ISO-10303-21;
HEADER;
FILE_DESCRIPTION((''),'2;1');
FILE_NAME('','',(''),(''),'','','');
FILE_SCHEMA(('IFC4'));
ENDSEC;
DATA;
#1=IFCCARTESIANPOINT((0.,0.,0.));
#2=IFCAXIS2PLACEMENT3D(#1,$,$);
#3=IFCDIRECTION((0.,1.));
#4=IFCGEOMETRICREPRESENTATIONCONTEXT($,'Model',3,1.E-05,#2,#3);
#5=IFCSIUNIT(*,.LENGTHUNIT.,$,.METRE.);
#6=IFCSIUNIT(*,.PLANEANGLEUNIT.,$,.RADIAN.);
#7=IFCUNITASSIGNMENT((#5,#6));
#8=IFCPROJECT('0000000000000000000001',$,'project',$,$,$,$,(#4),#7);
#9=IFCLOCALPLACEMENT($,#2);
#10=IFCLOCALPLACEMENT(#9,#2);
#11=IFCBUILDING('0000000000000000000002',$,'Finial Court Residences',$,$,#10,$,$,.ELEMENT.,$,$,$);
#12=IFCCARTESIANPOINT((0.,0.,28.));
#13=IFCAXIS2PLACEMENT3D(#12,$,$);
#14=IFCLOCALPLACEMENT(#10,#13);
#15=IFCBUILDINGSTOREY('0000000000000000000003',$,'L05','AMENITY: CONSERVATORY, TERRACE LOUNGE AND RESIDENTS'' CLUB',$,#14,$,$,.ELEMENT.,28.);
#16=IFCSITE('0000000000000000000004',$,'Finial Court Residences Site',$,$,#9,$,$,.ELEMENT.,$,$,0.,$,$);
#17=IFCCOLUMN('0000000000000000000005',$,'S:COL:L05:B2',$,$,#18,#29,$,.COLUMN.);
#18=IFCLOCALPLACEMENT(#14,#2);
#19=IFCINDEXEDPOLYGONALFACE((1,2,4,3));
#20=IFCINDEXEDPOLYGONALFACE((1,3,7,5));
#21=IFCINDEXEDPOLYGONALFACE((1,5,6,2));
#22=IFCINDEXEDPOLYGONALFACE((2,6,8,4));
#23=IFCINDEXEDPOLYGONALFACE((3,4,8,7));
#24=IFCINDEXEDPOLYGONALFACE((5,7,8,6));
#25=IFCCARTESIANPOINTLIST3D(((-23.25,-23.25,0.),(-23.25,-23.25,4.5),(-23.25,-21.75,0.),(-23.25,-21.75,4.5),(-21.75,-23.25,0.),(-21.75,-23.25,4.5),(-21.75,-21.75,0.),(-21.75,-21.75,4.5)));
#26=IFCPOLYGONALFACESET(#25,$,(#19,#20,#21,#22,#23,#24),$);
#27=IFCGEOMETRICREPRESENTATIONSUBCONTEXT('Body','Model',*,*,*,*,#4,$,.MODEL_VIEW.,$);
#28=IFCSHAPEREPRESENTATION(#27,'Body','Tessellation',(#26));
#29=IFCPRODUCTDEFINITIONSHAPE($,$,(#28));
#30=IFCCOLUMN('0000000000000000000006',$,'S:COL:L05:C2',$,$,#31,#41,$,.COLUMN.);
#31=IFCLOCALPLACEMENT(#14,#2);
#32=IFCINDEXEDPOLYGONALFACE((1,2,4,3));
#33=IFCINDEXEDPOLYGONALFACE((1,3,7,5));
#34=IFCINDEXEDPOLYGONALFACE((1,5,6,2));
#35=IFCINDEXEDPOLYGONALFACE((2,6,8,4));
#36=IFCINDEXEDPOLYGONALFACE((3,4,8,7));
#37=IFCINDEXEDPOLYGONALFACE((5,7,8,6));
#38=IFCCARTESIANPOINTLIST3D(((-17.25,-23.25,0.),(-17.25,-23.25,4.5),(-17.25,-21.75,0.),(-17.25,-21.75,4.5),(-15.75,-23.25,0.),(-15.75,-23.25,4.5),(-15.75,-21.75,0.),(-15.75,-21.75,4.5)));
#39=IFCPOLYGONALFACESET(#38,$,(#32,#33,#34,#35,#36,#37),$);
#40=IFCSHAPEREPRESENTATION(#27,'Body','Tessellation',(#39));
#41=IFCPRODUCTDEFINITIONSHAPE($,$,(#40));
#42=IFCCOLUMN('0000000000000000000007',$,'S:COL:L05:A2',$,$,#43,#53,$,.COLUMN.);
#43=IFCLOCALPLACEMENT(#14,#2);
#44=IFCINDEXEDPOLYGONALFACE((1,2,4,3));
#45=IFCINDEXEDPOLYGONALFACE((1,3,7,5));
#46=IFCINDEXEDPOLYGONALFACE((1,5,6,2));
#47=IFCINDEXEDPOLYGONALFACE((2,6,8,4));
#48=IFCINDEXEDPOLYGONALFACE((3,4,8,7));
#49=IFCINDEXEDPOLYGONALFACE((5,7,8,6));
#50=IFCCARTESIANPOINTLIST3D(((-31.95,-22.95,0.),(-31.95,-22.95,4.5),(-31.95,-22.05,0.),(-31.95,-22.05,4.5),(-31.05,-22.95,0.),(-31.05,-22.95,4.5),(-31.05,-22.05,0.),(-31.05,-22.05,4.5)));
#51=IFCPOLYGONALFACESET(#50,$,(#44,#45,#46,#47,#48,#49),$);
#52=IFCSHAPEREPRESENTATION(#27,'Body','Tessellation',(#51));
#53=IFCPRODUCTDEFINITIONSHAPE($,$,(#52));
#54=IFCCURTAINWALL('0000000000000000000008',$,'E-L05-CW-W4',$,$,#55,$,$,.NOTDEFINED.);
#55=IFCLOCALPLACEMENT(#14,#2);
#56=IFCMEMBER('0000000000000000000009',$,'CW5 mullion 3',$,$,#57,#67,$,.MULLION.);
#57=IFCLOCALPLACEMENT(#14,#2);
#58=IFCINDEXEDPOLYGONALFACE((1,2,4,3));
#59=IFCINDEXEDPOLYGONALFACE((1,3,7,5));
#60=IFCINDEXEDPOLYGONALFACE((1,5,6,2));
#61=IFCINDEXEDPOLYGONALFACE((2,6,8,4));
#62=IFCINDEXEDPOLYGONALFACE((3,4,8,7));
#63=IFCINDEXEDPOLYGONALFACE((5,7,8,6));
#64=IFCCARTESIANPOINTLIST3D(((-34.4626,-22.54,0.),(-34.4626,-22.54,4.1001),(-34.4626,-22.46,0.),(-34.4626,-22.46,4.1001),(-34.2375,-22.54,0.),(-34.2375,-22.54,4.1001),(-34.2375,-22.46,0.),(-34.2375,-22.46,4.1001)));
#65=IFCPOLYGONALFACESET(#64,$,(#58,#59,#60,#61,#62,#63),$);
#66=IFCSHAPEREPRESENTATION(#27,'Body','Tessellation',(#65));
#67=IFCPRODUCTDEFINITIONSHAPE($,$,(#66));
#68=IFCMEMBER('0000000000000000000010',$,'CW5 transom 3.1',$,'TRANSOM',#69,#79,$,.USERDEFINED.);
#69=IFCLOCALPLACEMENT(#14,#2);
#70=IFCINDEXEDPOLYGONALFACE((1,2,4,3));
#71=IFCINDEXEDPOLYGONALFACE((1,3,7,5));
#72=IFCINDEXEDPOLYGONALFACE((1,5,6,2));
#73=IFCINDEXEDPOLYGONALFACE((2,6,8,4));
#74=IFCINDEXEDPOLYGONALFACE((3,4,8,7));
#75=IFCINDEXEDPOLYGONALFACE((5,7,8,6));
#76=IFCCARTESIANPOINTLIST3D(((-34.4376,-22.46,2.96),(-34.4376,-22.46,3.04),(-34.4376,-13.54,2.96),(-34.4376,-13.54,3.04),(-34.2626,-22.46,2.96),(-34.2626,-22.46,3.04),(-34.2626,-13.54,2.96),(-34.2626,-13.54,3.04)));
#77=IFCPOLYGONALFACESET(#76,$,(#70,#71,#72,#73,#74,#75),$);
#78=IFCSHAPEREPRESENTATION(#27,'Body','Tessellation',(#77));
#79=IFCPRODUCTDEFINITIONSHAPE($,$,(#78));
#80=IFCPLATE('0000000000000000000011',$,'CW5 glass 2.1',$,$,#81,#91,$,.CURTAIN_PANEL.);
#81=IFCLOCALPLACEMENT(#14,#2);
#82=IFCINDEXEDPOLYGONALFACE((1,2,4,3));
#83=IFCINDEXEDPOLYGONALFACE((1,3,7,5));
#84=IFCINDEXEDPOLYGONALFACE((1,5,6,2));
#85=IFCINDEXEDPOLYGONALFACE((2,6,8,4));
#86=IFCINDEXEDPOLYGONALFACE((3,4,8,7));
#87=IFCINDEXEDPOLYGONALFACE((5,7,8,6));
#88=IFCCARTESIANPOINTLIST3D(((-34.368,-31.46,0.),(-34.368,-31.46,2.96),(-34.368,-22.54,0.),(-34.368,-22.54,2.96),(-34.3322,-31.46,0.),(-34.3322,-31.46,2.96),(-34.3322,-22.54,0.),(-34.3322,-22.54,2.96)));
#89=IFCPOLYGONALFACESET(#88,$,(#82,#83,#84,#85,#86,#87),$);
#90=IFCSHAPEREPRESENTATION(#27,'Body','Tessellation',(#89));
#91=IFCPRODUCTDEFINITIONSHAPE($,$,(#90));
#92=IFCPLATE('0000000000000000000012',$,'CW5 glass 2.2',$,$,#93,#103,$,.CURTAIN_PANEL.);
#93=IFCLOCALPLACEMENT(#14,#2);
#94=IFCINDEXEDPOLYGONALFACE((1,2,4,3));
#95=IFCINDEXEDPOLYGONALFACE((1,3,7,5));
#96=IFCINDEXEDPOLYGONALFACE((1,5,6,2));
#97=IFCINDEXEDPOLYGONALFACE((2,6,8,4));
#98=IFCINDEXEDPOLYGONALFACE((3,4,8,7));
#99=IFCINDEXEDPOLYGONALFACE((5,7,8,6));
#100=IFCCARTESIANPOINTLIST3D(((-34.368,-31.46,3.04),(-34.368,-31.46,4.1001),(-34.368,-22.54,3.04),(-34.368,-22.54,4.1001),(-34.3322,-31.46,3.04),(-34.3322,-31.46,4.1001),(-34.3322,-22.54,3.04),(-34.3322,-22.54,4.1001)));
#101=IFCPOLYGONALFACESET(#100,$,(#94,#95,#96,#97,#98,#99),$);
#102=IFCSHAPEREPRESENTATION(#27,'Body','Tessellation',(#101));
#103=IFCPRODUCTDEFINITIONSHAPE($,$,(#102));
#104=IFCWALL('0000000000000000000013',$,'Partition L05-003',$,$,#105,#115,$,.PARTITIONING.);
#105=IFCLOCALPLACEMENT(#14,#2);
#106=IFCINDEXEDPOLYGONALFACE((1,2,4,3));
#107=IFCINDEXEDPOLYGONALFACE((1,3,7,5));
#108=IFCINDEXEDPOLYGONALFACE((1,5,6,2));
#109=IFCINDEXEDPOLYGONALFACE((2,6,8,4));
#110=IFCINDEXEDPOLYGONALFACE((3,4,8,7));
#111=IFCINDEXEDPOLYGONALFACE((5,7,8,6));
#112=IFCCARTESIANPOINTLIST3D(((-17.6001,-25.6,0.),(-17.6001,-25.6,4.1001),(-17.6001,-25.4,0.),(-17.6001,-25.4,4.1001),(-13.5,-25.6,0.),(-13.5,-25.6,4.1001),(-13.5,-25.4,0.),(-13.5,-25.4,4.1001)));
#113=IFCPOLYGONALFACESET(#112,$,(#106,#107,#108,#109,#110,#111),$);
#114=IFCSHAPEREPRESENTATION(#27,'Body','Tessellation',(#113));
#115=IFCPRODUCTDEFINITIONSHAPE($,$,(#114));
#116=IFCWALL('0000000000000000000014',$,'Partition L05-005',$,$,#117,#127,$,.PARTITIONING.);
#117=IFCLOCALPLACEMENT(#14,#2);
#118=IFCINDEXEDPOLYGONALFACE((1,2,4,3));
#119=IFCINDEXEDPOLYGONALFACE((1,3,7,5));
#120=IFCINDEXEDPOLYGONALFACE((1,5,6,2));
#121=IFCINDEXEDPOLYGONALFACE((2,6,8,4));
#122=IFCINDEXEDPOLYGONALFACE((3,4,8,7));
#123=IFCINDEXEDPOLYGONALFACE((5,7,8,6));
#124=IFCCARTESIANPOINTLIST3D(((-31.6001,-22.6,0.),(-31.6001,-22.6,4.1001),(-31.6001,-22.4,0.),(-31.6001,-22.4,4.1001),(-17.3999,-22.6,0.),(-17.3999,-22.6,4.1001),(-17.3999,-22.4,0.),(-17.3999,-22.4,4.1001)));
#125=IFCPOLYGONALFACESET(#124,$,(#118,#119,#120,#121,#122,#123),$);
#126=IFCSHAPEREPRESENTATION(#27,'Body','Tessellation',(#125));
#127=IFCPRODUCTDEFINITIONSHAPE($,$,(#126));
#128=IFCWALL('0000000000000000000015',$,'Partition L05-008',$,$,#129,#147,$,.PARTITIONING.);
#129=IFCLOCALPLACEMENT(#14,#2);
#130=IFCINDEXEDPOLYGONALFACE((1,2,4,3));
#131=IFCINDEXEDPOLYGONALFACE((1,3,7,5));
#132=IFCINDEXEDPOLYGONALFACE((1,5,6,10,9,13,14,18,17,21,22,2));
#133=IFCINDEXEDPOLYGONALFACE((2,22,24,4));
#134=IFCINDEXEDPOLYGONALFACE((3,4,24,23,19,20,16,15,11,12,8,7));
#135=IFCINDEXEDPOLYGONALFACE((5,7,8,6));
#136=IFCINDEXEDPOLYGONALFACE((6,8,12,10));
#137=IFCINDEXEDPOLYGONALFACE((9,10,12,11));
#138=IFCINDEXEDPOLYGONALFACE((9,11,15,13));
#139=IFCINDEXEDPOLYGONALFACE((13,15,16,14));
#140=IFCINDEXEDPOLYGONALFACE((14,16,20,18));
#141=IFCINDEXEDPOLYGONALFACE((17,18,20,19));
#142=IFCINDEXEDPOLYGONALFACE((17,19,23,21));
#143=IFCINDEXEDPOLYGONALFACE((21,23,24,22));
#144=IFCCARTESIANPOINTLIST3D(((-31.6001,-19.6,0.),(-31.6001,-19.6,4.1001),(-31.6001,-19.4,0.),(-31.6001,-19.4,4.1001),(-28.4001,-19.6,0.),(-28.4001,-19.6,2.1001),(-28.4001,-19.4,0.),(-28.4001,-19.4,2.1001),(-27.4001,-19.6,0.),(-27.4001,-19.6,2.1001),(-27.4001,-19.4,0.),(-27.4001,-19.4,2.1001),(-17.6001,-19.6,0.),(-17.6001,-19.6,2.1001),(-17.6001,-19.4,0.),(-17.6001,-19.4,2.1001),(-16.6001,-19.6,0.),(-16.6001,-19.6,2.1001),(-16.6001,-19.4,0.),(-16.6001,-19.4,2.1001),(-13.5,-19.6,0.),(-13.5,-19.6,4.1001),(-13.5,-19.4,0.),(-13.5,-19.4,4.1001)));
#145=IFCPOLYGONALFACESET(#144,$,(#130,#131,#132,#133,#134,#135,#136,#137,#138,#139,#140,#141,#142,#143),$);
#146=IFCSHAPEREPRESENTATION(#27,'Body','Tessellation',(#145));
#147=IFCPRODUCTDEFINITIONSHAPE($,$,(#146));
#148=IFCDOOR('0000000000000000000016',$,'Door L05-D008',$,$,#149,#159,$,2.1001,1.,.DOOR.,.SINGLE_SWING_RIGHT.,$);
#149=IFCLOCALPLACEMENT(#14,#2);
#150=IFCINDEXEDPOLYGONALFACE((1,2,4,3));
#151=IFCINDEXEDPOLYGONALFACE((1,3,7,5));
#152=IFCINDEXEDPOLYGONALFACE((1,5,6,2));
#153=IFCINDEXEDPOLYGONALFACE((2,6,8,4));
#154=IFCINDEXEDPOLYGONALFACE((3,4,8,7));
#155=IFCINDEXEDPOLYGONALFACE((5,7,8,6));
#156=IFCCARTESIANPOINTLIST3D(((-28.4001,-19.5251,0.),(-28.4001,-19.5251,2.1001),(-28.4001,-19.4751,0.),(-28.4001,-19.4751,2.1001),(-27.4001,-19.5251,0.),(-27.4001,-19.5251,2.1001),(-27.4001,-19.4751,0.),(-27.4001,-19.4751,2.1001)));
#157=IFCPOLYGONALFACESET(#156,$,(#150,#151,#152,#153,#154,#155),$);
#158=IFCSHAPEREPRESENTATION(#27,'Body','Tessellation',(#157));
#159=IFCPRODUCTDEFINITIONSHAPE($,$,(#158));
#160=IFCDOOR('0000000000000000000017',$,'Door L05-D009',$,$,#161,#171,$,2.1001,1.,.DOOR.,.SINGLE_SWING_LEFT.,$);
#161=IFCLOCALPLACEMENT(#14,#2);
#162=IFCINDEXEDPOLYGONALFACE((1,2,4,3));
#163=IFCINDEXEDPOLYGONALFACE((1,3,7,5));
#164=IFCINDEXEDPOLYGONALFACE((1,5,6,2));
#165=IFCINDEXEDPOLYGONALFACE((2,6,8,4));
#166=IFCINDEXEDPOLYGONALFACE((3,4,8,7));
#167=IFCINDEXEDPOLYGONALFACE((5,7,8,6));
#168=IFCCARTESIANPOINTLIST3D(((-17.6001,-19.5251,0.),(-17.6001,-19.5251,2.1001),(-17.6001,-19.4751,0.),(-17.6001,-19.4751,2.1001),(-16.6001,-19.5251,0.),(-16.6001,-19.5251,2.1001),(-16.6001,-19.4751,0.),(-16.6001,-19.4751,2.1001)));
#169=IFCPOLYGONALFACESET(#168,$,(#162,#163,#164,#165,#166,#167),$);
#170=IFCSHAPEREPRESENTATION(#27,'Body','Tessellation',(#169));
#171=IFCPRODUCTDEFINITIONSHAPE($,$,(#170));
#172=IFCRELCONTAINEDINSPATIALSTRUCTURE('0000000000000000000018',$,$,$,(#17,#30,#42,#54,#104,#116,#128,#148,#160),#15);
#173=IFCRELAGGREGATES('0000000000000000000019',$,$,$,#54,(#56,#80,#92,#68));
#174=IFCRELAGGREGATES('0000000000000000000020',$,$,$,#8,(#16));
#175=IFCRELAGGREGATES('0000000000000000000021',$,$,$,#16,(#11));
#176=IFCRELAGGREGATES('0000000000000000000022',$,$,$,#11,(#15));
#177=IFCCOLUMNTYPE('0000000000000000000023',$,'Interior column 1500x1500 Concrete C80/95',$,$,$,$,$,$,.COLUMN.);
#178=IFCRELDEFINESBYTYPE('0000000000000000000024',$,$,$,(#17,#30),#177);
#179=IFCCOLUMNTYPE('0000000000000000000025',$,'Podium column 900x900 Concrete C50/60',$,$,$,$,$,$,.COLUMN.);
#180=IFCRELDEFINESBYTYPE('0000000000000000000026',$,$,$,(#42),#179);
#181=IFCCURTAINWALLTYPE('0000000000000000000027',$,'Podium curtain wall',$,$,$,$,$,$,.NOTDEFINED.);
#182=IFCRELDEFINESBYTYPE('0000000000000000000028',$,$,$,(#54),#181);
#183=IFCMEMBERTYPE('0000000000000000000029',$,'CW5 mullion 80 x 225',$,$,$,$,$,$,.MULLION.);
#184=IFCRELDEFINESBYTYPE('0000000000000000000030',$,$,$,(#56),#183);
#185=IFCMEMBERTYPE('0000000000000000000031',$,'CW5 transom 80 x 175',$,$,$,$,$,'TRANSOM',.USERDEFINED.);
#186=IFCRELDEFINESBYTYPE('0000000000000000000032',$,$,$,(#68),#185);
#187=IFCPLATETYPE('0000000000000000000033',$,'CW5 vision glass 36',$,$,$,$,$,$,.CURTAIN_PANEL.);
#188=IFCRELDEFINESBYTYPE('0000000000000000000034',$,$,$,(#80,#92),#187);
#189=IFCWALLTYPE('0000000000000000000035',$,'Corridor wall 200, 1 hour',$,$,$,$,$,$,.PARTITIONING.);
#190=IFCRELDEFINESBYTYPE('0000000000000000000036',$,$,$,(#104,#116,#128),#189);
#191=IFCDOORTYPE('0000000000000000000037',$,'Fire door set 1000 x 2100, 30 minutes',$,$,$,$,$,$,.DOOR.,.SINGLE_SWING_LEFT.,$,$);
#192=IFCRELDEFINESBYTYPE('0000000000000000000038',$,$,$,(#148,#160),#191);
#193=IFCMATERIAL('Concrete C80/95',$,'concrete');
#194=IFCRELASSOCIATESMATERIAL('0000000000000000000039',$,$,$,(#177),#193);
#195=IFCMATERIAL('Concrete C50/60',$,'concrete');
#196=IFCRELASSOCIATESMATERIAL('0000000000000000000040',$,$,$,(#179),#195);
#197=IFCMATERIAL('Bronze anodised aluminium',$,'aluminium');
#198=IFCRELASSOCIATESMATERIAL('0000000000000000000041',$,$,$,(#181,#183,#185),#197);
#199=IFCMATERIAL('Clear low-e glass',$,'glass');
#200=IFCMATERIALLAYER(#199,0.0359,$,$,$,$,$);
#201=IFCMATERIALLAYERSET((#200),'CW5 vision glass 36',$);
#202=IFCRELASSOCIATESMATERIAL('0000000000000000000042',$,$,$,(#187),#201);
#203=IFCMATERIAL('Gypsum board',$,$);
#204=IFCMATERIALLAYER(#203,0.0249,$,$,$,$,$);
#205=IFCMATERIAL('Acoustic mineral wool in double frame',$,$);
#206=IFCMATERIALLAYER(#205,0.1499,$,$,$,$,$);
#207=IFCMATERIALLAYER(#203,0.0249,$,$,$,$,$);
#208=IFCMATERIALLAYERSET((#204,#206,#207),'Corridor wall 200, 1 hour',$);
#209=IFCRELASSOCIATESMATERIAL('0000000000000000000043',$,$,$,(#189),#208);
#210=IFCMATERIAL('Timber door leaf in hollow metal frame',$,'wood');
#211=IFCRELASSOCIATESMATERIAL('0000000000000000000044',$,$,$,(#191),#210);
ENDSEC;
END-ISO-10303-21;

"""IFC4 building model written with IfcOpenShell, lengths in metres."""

from ifc_helpers import new_model, si_unit, direction, frame, frame_2d, origin, origin_2d, place, context, subcontext, project, spatial, rectangle, extrude, material, layer, layer_set, material_profile, profile_set, type_object, element, fill, aggregate, save


model = new_model("IFC4")

# Units and contexts
model_context = context("Model", 3, precision=1e-05, world=origin(), true_north=direction((0.0, 1.0)))
body_context = subcontext(model_context, "Body", "Model", "MODEL_VIEW")
ifc_project = project(units=[si_unit("LENGTHUNIT", "METRE"), si_unit("PLANEANGLEUNIT", "RADIAN")], contexts=[model_context])

# Site, building, storey
site_placement = place(None, origin())
site = spatial("IfcSite", under=ifc_project, at=site_placement, Name="Finial Court Residences Site", CompositionType="ELEMENT", RefElevation=0.0)
building_placement = place(site_placement, origin())
building = spatial("IfcBuilding", under=site, at=building_placement, Name="Finial Court Residences", CompositionType="ELEMENT")
storey_placement = place(building_placement, frame((0.0, 0.0, 28.0)))
storey = spatial("IfcBuildingStorey", under=building, at=storey_placement, Name="L05", Description="AMENITY: CONSERVATORY, TERRACE LOUNGE AND RESIDENTS' CLUB", CompositionType="ELEMENT", Elevation=28.0)

# Columns
ifc_material_1 = material(Name="Concrete C80/95", Category="concrete")
ifc_material_profile_1 = material_profile(ifc_material_1, rectangle(XDim=1.5, YDim=1.5, at=origin_2d()), Name="1500x1500")
ifc_profile_set_1 = profile_set([ifc_material_profile_1], Name="Concrete C80/95")
column_type_1 = type_object("IfcColumnType", Name="Interior column 1500x1500 Concrete C80/95", PredefinedType="COLUMN", material=ifc_profile_set_1)
for number, where, z_axis, x_axis, name in (
    (1, (-22.5, -22.5, 0.0), (0.0, 0.0, 1.0), (1.0, 0.0, 0.0), "S:COL:L05:B2"),
    (2, (-16.5, -22.5, 0.0), (0.0, 0.0, 1.0), (1.0, 0.0, 0.0), "S:COL:L05:C2"),
):
    element("IfcColumn", number, at=place(storey_placement, frame(where, z_axis=z_axis, x_axis=x_axis)), inside=storey, type_object=column_type_1, Name=name, PredefinedType="COLUMN", context=body_context, shape_type="SweptSolid", body=[
        extrude(rectangle(XDim=1.5, YDim=1.5, at=origin_2d()), origin(), (0.0, 0.0, 1.0), 4.5),
    ])
ifc_material_2 = material(Name="Concrete C50/60", Category="concrete")
ifc_material_profile_2 = material_profile(ifc_material_2, rectangle(XDim=0.8999, YDim=0.8999, at=origin_2d()), Name="900x900")
ifc_profile_set_2 = profile_set([ifc_material_profile_2], Name="Concrete C50/60")
column_type_2 = type_object("IfcColumnType", Name="Podium column 900x900 Concrete C50/60", PredefinedType="COLUMN", material=ifc_profile_set_2)
column_placement = place(storey_placement, frame((-31.5, -22.5, 0.0), z_axis=(0.0, 0.0, 1.0), x_axis=(1.0, 0.0, 0.0)))
element("IfcColumn", 3, at=column_placement, inside=storey, type_object=column_type_2, Name="S:COL:L05:A2", PredefinedType="COLUMN", context=body_context, shape_type="SweptSolid", body=[
    extrude(rectangle(XDim=0.8999, YDim=0.8999, at=origin_2d()), origin(), (0.0, 0.0, 1.0), 4.5),
])

# Curtain wall, members, plates
ifc_material_3 = material(Name="Bronze anodised aluminium", Category="aluminium")
curtain_wall_type = type_object("IfcCurtainWallType", Name="Podium curtain wall", PredefinedType="NOTDEFINED", material=ifc_material_3)
curtain_wall_placement = place(storey_placement, origin())
curtain_wall = element("IfcCurtainWall", 4, at=curtain_wall_placement, inside=storey, type_object=curtain_wall_type, Name="E-L05-CW-W4", PredefinedType="NOTDEFINED")
ifc_material_profile_3 = material_profile(ifc_material_3, rectangle(XDim=0.2251, YDim=0.0801, at=origin_2d()), Name="CW5 mullion 80 x 225")
ifc_profile_set_3 = profile_set([ifc_material_profile_3], Name="Bronze anodised aluminium")
member_type_1 = type_object("IfcMemberType", Name="CW5 mullion 80 x 225", PredefinedType="MULLION", material=ifc_profile_set_3)
member_1_placement = place(storey_placement, frame((-34.3501, -22.5, 0.0), z_axis=(0.0, 0.0, 1.0), x_axis=(-1.0, 0.0, 0.0)))
member_1 = element("IfcMember", 5, at=member_1_placement, type_object=member_type_1, Name="CW5 mullion 3", PredefinedType="MULLION", context=body_context, shape_type="SweptSolid", body=[
    extrude(rectangle(XDim=0.2251, YDim=0.0801, at=origin_2d()), origin(), (0.0, 0.0, 1.0), 4.1001),
])
ifc_material_profile_4 = material_profile(ifc_material_3, rectangle(XDim=0.175, YDim=0.0801, at=origin_2d()), Name="CW5 transom 80 x 175")
ifc_profile_set_4 = profile_set([ifc_material_profile_4], Name="Bronze anodised aluminium")
member_type_2 = type_object("IfcMemberType", Name="CW5 transom 80 x 175", ElementType="TRANSOM", PredefinedType="USERDEFINED", material=ifc_profile_set_4)
member_2_placement = place(storey_placement, frame((-34.3501, -22.46, 3.0), z_axis=(0.0, 1.0, 0.0), x_axis=(-1.0, 0.0, 0.0)))
member_2 = element("IfcMember", 6, at=member_2_placement, type_object=member_type_2, Name="CW5 transom 3.1", ObjectType="TRANSOM", PredefinedType="USERDEFINED", context=body_context, shape_type="SweptSolid", body=[
    extrude(rectangle(XDim=0.175, YDim=0.0801, at=origin_2d()), origin(), (0.0, 0.0, 1.0), 8.9199),
])
ifc_material_4 = material(Name="Clear low-e glass", Category="glass")
ifc_layer_1 = layer(ifc_material_4, 0.0359)
ifc_layer_set_1 = layer_set([ifc_layer_1], Name="CW5 vision glass 36")
plate_type = type_object("IfcPlateType", Name="CW5 vision glass 36", PredefinedType="CURTAIN_PANEL", material=ifc_layer_set_1)
plate_1_placement = place(storey_placement, frame((-34.3501, -27.0, 0.0), z_axis=(0.0, 0.0, 1.0), x_axis=(0.0, 1.0, 0.0)))
plate_1 = element("IfcPlate", 7, at=plate_1_placement, type_object=plate_type, Name="CW5 glass 2.1", PredefinedType="CURTAIN_PANEL", context=body_context, shape_type="SweptSolid", body=[
    extrude(rectangle(XDim=8.9199, YDim=0.0359, at=origin_2d()), origin(), (0.0, 0.0, 1.0), 2.96),
])
plate_2_placement = place(storey_placement, frame((-34.3501, -27.0, 3.04), z_axis=(0.0, 0.0, 1.0), x_axis=(0.0, 1.0, 0.0)))
plate_2 = element("IfcPlate", 8, at=plate_2_placement, type_object=plate_type, Name="CW5 glass 2.2", PredefinedType="CURTAIN_PANEL", context=body_context, shape_type="SweptSolid", body=[
    extrude(rectangle(XDim=8.9199, YDim=0.0359, at=origin_2d()), origin(), (0.0, 0.0, 1.0), 1.0601),
])
aggregate(curtain_wall, [member_1, plate_1, plate_2, member_2])

# Walls
ifc_material_5 = material(Name="Gypsum board")
ifc_layer_2 = layer(ifc_material_5, 0.0249)
ifc_material_6 = material(Name="Acoustic mineral wool in double frame")
ifc_layer_3 = layer(ifc_material_6, 0.1499)
ifc_layer_4 = layer(ifc_material_5, 0.0249)
ifc_layer_set_2 = layer_set([ifc_layer_2, ifc_layer_3, ifc_layer_4], Name="Corridor wall 200, 1 hour")
wall_type_1 = type_object("IfcWallType", Name="Corridor wall 200, 1 hour", PredefinedType="PARTITIONING", material=ifc_layer_set_2)
wall_1_placement = place(storey_placement, frame((-17.6001, -25.5, 0.0), z_axis=(0.0, 0.0, 1.0), x_axis=(1.0, 0.0, 0.0)))
element("IfcWall", 9, at=wall_1_placement, inside=storey, type_object=wall_type_1, Name="Partition L05-003", PredefinedType="PARTITIONING", context=body_context, shape_type="SweptSolid", body=[
    extrude(rectangle(XDim=4.1001, YDim=0.2, at=frame_2d((2.05, 0.0))), origin(), (0.0, 0.0, 1.0), 4.1001),
])
wall_2_placement = place(storey_placement, frame((-31.6001, -22.5, 0.0), z_axis=(0.0, 0.0, 1.0), x_axis=(1.0, 0.0, 0.0)))
element("IfcWall", 10, at=wall_2_placement, inside=storey, type_object=wall_type_1, Name="Partition L05-005", PredefinedType="PARTITIONING", context=body_context, shape_type="SweptSolid", body=[
    extrude(rectangle(XDim=14.2002, YDim=0.2, at=frame_2d((7.1001, 0.0))), origin(), (0.0, 0.0, 1.0), 4.1001),
])

# Wall, openings, doors
wall_3_placement = place(storey_placement, frame((-31.6001, -19.5, 0.0), z_axis=(0.0, 0.0, 1.0), x_axis=(1.0, 0.0, 0.0)))
wall_3 = element("IfcWall", 11, at=wall_3_placement, inside=storey, type_object=wall_type_1, Name="Partition L05-008", PredefinedType="PARTITIONING", context=body_context, shape_type="SweptSolid", body=[
    extrude(rectangle(XDim=18.1001, YDim=0.2, at=frame_2d((9.05, 0.0))), origin(), (0.0, 0.0, 1.0), 4.1001),
])
opening_1_placement = place(wall_3_placement, frame((3.2, 0.0, 0.0)))
opening_1 = element("IfcOpeningElement", 12, at=opening_1_placement, cuts=wall_3, PredefinedType="OPENING", context=body_context, shape_type="SweptSolid", body=[
    extrude(rectangle(XDim=1.0, YDim=2.1001, at=frame_2d((0.5, 1.05))), frame((0.0, 0.1099, 0.0), z_axis=(0.0, -1.0, 0.0), x_axis=(1.0, 0.0, 0.0)), (0.0, 0.0, 1.0), 0.22),
])
opening_2_placement = place(wall_3_placement, frame((14.0, 0.0, 0.0)))
opening_2 = element("IfcOpeningElement", 13, at=opening_2_placement, cuts=wall_3, PredefinedType="OPENING", context=body_context, shape_type="SweptSolid", body=[
    extrude(rectangle(XDim=1.0, YDim=2.1001, at=frame_2d((0.5, 1.05))), frame((0.0, 0.1099, 0.0), z_axis=(0.0, -1.0, 0.0), x_axis=(1.0, 0.0, 0.0)), (0.0, 0.0, 1.0), 0.22),
])
ifc_material_7 = material(Name="Timber door leaf in hollow metal frame", Category="wood")
door_type = type_object("IfcDoorType", Name="Fire door set 1000 x 2100, 30 minutes", OperationType="SINGLE_SWING_LEFT", PredefinedType="DOOR", material=ifc_material_7)
door_1_placement = place(opening_1_placement, origin())
door_1 = element("IfcDoor", 14, at=door_1_placement, inside=storey, type_object=door_type, Name="Door L05-D008", OperationType="SINGLE_SWING_RIGHT", OverallHeight=2.1001, OverallWidth=1.0, PredefinedType="DOOR", context=body_context, shape_type="SweptSolid", body=[
    extrude(rectangle(XDim=1.0, YDim=2.1001, at=frame_2d((0.5, 1.05))), frame((0.0, 0.0249, 0.0), z_axis=(0.0, -1.0, 0.0), x_axis=(1.0, 0.0, 0.0)), (0.0, 0.0, 1.0), 0.05),
])
fill(opening_1, door_1)
door_2_placement = place(opening_2_placement, origin())
door_2 = element("IfcDoor", 15, at=door_2_placement, inside=storey, type_object=door_type, Name="Door L05-D009", OperationType="SINGLE_SWING_LEFT", OverallHeight=2.1001, OverallWidth=1.0, PredefinedType="DOOR", context=body_context, shape_type="SweptSolid", body=[
    extrude(rectangle(XDim=1.0, YDim=2.1001, at=frame_2d((0.5, 1.05))), frame((0.0, 0.0249, 0.0), z_axis=(0.0, -1.0, 0.0), x_axis=(1.0, 0.0, 0.0)), (0.0, 0.0, 1.0), 0.05),
])
fill(opening_2, door_2)

save(model, "model.ifc")
